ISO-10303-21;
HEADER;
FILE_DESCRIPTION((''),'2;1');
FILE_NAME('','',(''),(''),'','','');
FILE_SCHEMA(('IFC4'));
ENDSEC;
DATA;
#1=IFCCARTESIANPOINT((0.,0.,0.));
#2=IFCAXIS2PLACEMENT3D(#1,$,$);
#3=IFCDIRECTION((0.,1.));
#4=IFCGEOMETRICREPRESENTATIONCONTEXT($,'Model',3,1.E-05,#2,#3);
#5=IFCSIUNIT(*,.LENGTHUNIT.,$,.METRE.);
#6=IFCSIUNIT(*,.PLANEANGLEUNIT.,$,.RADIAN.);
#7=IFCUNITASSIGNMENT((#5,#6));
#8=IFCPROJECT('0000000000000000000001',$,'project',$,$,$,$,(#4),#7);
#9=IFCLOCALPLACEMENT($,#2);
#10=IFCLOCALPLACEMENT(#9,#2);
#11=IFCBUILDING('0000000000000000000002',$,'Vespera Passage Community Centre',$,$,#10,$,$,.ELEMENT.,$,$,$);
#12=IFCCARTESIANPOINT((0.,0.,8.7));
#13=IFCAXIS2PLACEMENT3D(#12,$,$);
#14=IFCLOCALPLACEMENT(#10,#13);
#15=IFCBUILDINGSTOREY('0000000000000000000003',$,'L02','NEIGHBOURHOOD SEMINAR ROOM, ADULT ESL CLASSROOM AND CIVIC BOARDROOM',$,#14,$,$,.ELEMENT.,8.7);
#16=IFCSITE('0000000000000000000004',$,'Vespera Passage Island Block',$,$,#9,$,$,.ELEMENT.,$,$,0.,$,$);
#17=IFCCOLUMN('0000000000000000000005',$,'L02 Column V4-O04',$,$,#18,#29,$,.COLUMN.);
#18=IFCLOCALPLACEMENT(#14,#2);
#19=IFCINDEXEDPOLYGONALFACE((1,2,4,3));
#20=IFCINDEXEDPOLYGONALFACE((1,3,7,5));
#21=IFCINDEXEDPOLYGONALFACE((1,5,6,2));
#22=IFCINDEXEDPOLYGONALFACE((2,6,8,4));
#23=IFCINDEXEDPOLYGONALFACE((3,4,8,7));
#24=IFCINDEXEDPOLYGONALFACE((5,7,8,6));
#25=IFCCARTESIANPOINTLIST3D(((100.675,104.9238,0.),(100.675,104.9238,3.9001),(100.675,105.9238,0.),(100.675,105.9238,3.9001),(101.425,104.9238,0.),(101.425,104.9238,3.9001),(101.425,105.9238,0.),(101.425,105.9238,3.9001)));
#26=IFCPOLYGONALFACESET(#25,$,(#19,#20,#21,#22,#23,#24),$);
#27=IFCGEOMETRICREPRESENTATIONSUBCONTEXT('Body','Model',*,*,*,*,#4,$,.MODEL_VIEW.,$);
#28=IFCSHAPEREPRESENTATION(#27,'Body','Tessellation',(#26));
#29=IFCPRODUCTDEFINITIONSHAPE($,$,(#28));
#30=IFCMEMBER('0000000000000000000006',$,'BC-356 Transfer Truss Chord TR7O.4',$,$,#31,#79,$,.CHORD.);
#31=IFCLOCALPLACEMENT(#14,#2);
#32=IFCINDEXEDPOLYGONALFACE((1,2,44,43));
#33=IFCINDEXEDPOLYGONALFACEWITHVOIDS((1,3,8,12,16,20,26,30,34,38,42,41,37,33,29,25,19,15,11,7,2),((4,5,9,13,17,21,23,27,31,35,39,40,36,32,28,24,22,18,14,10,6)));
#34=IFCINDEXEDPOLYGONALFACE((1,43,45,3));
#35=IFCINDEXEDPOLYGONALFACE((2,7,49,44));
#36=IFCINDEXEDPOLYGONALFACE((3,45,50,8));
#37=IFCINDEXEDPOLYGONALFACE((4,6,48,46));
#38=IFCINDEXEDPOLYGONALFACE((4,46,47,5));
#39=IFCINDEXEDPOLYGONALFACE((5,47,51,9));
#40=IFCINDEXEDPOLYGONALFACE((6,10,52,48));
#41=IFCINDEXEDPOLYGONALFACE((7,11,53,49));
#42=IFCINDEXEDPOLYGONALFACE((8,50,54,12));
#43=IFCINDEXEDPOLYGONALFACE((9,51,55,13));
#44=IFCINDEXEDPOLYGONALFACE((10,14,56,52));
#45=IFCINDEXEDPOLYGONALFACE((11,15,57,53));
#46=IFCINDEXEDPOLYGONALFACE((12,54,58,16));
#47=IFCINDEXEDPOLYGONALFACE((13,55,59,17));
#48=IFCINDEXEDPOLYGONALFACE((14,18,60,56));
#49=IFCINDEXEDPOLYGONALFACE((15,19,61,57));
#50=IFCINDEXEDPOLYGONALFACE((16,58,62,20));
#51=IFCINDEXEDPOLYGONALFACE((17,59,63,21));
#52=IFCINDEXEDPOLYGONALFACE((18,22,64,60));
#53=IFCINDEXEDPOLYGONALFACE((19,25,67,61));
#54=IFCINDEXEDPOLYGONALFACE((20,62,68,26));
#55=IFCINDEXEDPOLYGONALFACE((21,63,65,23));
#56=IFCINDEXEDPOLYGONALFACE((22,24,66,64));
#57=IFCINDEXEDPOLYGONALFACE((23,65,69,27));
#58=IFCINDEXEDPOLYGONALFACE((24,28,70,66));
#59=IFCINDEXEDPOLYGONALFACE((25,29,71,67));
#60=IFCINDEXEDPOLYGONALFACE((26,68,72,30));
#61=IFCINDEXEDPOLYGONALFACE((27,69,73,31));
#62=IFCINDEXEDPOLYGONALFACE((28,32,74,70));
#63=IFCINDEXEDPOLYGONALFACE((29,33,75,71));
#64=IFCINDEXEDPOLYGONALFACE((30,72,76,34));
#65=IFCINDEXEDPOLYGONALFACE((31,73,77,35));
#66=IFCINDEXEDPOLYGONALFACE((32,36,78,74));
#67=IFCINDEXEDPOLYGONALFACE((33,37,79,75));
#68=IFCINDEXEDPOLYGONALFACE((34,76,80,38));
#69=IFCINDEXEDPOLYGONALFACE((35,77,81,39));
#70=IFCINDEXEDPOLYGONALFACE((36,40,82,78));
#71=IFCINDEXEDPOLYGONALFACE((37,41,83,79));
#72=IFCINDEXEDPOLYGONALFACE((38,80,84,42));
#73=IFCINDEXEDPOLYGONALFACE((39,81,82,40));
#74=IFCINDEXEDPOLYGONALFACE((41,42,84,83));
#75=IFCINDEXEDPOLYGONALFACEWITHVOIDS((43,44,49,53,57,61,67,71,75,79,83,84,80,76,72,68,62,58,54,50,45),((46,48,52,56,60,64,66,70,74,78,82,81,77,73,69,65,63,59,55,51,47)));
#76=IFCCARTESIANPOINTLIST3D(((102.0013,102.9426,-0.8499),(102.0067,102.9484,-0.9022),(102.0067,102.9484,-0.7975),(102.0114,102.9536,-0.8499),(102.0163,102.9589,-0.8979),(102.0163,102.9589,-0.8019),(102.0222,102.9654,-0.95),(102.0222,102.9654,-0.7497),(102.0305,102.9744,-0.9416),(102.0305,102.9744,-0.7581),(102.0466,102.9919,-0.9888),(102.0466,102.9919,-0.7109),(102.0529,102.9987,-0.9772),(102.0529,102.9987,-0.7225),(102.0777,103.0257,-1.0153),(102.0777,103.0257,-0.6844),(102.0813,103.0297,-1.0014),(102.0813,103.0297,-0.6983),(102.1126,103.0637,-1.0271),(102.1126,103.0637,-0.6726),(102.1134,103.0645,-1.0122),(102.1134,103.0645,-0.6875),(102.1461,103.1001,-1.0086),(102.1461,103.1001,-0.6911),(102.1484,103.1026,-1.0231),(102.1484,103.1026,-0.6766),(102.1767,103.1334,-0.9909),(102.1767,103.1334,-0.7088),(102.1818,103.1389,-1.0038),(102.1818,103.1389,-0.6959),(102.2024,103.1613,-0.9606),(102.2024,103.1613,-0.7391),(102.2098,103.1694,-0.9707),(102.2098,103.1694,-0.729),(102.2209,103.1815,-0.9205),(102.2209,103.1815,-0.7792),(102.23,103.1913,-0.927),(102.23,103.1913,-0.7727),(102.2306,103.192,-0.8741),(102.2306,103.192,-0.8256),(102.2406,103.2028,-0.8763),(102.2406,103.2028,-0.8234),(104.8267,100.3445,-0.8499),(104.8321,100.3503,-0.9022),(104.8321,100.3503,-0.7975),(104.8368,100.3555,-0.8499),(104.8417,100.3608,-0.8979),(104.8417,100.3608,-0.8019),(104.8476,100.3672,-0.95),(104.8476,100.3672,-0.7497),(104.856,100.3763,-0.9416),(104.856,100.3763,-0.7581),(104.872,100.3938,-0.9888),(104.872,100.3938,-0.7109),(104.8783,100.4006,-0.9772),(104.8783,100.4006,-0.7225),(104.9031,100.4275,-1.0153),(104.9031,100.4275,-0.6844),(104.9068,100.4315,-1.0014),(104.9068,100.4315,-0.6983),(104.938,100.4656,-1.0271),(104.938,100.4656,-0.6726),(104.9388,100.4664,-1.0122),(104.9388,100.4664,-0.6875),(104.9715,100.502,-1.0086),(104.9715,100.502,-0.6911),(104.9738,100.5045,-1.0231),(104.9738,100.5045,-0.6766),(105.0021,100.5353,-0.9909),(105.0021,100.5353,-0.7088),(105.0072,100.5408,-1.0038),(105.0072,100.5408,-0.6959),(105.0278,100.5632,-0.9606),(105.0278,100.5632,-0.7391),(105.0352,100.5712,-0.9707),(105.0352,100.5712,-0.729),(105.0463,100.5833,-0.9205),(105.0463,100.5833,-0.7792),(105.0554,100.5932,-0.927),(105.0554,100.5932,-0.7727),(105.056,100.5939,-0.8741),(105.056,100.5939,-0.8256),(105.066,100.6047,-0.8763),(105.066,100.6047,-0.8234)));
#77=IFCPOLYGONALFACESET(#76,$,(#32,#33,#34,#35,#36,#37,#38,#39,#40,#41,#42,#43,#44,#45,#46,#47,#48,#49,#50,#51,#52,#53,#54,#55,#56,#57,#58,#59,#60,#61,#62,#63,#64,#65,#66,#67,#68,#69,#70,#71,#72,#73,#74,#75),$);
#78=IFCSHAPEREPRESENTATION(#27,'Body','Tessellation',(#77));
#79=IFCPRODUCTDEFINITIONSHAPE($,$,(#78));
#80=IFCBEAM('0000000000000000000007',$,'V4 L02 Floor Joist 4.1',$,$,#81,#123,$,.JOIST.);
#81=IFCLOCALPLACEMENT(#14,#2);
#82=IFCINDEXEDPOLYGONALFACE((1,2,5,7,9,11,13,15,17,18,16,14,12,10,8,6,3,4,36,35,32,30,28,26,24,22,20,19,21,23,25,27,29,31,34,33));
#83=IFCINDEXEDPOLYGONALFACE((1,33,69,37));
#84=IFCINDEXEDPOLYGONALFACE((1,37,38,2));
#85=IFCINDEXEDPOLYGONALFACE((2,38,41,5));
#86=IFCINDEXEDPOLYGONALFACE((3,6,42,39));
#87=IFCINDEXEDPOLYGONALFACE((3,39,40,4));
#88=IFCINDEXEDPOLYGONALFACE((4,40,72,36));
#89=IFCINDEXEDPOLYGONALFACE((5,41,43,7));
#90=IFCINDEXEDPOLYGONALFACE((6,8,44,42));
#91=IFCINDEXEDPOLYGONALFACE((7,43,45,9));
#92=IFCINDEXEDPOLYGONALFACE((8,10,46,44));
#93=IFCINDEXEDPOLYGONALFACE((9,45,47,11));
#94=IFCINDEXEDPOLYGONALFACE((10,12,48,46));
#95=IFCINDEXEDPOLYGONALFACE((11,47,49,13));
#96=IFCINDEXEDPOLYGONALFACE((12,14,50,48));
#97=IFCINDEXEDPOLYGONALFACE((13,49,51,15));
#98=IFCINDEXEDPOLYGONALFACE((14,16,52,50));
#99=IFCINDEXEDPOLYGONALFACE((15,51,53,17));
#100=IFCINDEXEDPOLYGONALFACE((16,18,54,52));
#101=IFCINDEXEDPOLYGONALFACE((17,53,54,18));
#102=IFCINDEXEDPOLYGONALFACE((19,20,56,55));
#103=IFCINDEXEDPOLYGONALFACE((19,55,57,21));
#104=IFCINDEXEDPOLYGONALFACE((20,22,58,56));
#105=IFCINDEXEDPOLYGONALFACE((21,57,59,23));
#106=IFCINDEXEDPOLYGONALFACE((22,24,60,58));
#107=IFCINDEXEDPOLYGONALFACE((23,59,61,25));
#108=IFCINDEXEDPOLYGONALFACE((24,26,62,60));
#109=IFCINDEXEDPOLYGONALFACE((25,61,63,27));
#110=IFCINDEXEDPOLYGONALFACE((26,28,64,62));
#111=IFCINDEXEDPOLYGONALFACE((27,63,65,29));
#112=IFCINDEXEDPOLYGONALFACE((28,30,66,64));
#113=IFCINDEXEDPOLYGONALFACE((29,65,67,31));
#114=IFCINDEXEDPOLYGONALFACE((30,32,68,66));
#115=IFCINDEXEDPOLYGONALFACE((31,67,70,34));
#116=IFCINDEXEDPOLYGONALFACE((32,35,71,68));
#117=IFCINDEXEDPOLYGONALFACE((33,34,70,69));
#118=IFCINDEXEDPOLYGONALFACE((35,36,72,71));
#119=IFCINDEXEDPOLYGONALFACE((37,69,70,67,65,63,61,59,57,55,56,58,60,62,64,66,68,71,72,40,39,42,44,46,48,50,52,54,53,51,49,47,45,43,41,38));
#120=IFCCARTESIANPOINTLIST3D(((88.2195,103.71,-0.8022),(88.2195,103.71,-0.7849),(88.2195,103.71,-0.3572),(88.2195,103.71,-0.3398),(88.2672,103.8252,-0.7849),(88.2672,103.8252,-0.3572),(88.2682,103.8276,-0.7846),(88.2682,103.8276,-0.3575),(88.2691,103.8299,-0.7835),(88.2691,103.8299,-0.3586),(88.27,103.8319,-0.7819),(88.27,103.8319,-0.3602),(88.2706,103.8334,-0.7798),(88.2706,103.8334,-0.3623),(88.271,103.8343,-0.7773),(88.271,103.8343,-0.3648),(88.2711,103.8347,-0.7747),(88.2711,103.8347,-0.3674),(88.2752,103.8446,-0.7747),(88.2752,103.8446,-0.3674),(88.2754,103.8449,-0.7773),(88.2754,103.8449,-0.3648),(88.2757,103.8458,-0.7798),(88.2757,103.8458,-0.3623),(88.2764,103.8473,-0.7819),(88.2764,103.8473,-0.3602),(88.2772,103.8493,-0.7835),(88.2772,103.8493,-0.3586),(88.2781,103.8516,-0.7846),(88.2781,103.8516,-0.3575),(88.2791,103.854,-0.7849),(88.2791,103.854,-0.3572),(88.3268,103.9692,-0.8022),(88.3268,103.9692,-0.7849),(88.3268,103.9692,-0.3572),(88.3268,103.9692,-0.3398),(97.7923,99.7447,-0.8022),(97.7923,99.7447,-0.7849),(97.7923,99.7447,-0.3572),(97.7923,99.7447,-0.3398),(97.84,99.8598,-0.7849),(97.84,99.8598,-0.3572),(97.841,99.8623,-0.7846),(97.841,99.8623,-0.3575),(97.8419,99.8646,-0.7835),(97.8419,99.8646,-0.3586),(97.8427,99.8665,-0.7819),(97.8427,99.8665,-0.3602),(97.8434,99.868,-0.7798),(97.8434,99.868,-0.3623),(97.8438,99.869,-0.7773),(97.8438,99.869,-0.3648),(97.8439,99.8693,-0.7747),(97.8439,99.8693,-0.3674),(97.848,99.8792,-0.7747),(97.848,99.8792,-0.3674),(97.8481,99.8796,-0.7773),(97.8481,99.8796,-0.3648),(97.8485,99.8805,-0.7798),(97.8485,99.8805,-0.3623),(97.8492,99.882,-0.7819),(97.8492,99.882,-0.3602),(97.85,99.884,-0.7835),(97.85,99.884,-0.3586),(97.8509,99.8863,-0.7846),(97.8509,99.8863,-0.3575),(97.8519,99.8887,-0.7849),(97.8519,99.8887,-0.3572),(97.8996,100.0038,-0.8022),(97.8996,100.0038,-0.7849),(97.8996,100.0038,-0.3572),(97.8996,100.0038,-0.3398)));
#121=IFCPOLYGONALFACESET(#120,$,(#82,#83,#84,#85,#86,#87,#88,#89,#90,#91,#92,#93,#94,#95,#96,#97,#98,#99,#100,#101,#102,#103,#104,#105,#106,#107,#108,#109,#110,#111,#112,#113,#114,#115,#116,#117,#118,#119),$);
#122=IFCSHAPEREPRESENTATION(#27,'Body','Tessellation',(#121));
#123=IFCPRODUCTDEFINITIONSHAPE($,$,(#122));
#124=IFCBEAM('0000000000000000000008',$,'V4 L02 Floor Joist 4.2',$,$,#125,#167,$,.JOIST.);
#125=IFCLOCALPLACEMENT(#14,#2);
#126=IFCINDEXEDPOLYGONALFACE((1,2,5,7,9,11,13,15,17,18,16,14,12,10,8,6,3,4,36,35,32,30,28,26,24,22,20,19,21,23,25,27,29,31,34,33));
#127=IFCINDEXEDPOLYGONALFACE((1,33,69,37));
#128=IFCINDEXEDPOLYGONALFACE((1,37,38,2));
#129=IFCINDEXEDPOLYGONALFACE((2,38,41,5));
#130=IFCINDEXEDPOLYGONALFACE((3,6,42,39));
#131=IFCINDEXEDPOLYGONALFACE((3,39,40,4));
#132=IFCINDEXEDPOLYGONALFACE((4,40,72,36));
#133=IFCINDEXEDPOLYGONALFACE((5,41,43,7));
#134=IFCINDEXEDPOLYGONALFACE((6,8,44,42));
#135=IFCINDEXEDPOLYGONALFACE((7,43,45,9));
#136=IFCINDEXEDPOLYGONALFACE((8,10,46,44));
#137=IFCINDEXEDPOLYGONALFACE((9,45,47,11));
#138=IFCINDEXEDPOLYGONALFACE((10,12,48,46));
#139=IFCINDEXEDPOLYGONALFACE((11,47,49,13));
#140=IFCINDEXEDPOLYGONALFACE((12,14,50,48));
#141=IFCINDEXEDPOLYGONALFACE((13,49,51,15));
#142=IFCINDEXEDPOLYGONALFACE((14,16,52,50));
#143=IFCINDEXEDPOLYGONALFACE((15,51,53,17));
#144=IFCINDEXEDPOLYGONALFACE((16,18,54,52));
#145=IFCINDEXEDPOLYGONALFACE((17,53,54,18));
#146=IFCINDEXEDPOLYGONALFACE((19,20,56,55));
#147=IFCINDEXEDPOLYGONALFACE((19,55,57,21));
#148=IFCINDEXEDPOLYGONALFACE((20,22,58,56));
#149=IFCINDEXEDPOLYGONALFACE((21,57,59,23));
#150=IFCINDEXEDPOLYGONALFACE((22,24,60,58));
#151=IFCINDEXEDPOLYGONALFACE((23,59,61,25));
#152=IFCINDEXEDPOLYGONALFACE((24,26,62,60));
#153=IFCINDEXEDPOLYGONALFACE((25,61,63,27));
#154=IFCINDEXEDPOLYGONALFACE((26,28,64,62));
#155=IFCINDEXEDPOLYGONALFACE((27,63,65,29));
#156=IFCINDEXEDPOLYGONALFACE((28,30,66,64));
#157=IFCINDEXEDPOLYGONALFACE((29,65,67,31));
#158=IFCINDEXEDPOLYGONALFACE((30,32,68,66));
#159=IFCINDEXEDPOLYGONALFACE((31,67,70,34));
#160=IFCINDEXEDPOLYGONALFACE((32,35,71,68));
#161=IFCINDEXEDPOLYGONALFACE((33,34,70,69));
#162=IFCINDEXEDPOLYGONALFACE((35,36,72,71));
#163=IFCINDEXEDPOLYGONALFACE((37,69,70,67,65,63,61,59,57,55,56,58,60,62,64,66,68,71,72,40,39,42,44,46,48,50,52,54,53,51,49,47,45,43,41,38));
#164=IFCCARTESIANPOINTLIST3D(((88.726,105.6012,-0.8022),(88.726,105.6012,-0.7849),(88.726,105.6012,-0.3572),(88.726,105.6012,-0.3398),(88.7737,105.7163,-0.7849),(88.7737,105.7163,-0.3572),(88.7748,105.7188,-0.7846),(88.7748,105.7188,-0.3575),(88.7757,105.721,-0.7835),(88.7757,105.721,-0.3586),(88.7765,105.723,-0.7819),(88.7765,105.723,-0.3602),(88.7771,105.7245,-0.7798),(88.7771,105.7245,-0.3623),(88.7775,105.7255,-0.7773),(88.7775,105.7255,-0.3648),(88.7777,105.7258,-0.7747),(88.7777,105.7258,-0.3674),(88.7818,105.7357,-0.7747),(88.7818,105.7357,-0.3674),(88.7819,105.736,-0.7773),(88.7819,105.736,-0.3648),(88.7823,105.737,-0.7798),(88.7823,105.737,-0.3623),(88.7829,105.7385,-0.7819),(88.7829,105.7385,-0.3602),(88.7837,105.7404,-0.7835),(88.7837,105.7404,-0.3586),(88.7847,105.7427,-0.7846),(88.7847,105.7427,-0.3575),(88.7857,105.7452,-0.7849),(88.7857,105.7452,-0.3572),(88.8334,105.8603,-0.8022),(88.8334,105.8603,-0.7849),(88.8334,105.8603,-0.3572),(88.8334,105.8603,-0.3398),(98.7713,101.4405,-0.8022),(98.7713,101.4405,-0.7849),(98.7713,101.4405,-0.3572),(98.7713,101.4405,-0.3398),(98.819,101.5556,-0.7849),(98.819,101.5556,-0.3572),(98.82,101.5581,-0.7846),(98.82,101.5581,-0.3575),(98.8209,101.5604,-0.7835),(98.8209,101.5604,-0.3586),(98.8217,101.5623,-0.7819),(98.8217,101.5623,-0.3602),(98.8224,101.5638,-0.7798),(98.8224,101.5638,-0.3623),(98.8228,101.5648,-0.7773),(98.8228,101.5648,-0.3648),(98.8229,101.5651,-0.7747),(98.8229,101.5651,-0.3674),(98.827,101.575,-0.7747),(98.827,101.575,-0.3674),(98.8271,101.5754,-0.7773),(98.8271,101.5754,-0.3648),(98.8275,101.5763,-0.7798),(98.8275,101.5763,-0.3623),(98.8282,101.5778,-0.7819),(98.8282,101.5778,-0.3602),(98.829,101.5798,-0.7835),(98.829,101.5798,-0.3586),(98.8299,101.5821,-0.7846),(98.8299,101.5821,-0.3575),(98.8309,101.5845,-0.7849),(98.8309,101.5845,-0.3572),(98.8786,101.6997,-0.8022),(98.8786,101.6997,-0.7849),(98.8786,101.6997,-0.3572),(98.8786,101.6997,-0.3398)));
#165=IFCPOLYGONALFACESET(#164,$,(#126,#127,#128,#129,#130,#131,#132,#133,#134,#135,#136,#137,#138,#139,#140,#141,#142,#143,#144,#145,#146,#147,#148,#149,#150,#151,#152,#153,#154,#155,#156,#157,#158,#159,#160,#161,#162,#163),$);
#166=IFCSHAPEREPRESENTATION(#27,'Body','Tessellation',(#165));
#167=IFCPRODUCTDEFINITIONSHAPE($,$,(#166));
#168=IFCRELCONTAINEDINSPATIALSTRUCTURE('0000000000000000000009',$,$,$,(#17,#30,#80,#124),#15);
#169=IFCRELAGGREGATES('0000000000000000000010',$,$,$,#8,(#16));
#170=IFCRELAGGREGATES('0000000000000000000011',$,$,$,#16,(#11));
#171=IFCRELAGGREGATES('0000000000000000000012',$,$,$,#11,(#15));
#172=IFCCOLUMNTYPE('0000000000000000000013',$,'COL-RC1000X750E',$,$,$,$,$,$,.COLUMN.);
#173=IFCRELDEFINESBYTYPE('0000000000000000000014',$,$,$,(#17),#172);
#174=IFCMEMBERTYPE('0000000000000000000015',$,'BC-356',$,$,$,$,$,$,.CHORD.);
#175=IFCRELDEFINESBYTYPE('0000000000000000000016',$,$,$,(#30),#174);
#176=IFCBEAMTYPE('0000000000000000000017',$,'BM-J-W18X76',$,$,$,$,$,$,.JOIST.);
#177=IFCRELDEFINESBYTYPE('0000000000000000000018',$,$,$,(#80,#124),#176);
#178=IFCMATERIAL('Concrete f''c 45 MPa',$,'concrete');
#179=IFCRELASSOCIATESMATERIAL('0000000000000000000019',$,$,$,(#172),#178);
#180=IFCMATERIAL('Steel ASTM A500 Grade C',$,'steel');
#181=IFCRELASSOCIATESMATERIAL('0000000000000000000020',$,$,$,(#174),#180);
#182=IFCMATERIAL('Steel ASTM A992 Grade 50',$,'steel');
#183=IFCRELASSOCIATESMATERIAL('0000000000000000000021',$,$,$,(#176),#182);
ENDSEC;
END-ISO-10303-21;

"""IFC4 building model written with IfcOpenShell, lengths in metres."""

from ifc_helpers import new_model, si_unit, direction, frame, origin, origin_2d, place, context, subcontext, project, spatial, rectangle, hollow_circle, i_section, extrude, material, material_profile, profile_set, type_object, element, save


model = new_model("IFC4")

# Units and contexts
model_context = context("Model", 3, precision=1e-05, world=origin(), true_north=direction((0.0, 1.0)))
body_context = subcontext(model_context, "Body", "Model", "MODEL_VIEW")
ifc_project = project(units=[si_unit("LENGTHUNIT", "METRE"), si_unit("PLANEANGLEUNIT", "RADIAN")], contexts=[model_context])

# Site, building, storey
site_placement = place(None, origin())
site = spatial("IfcSite", under=ifc_project, at=site_placement, Name="Vespera Passage Island Block", CompositionType="ELEMENT", RefElevation=0.0)
building_placement = place(site_placement, origin())
building = spatial("IfcBuilding", under=site, at=building_placement, Name="Vespera Passage Community Centre", CompositionType="ELEMENT")
storey_placement = place(building_placement, frame((0.0, 0.0, 8.7)))
storey = spatial("IfcBuildingStorey", under=building, at=storey_placement, Name="L02", Description="NEIGHBOURHOOD SEMINAR ROOM, ADULT ESL CLASSROOM AND CIVIC BOARDROOM", CompositionType="ELEMENT", Elevation=8.7)

# Column
ifc_material_1 = material(Name="Concrete f'c 45 MPa", Category="concrete")
ifc_material_profile_1 = material_profile(ifc_material_1, rectangle(XDim=0.75, YDim=1.0, at=origin_2d()), Name="RC1000X750")
ifc_profile_set_1 = profile_set([ifc_material_profile_1], Name="Concrete f'c 45 MPa")
column_type = type_object("IfcColumnType", Name="COL-RC1000X750E", PredefinedType="COLUMN", material=ifc_profile_set_1)
column_placement = place(storey_placement, frame((101.05, 105.4238, 0.0), z_axis=(0.0, 0.0, 1.0), x_axis=(1.0, 0.0, 0.0)))
element("IfcColumn", 1, at=column_placement, inside=storey, type_object=column_type, Name="L02 Column V4-O04", PredefinedType="COLUMN", context=body_context, shape_type="SweptSolid", body=[
    extrude(rectangle(XDim=0.75, YDim=1.0, at=origin_2d()), origin(), (0.0, 0.0, 1.0), 3.9001),
])

# Member
ifc_material_2 = material(Name="Steel ASTM A500 Grade C", Category="steel")
ifc_material_profile_2 = material_profile(ifc_material_2, hollow_circle(Radius=0.1777, WallThickness=0.0149, at=origin_2d()), Name="CHS356X15.9")
ifc_profile_set_2 = profile_set([ifc_material_profile_2], Name="Steel ASTM A500 Grade C")
member_type_1 = type_object("IfcMemberType", Name="BC-356", PredefinedType="CHORD", material=ifc_profile_set_2)
member_1_placement = place(storey_placement, frame((104.947, 100.4753, -0.8499), z_axis=(-0.736095, 0.676879, 0.0), x_axis=(-0.676879, -0.736095, 0.0)))
element("IfcMember", 2, at=member_1_placement, inside=storey, type_object=member_type_1, Name="BC-356 Transfer Truss Chord TR7O.4", PredefinedType="CHORD", context=body_context, shape_type="SweptSolid", body=[
    extrude(hollow_circle(Radius=0.1777, WallThickness=0.0149, at=origin_2d()), origin(), (0.0, 0.0, 1.0), 3.8384),
])

# Beams
ifc_material_3 = material(Name="Steel ASTM A992 Grade 50", Category="steel")
ifc_material_profile_3 = material_profile(ifc_material_3, i_section(OverallWidth=0.2805, OverallDepth=0.4624, WebThickness=0.0107, FlangeThickness=0.0173, FilletRadius=0.0103, at=origin_2d()), Name="W18X76")
ifc_profile_set_3 = profile_set([ifc_material_profile_3], Name="Steel ASTM A992 Grade 50")
beam_type_1 = type_object("IfcBeamType", Name="BM-J-W18X76", PredefinedType="JOIST", material=ifc_profile_set_3)
beam_1_placement = place(storey_placement, frame((97.8459, 99.8743, -0.571), z_axis=(-0.923874, 0.382697, 0.0), x_axis=(-0.382697, -0.923874, 0.0)))
element("IfcBeam", 3, at=beam_1_placement, inside=storey, type_object=beam_type_1, Name="V4 L02 Floor Joist 4.1", PredefinedType="JOIST", context=body_context, shape_type="SweptSolid", body=[
    extrude(i_section(OverallWidth=0.2805, OverallDepth=0.4624, WebThickness=0.0107, FlangeThickness=0.0173, FilletRadius=0.0103, at=origin_2d()), origin(), (0.0, 0.0, 1.0), 10.3616),
])
beam_2_placement = place(storey_placement, frame((98.825, 101.5701, -0.571), z_axis=(-0.923886, 0.382668, 0.0), x_axis=(-0.382668, -0.923886, 0.0)))
element("IfcBeam", 4, at=beam_2_placement, inside=storey, type_object=beam_type_1, Name="V4 L02 Floor Joist 4.2", PredefinedType="JOIST", context=body_context, shape_type="SweptSolid", body=[
    extrude(i_section(OverallWidth=0.2805, OverallDepth=0.4624, WebThickness=0.0107, FlangeThickness=0.0173, FilletRadius=0.0103, at=origin_2d()), origin(), (0.0, 0.0, 1.0), 10.8728),
])

save(model, "model.ifc")
